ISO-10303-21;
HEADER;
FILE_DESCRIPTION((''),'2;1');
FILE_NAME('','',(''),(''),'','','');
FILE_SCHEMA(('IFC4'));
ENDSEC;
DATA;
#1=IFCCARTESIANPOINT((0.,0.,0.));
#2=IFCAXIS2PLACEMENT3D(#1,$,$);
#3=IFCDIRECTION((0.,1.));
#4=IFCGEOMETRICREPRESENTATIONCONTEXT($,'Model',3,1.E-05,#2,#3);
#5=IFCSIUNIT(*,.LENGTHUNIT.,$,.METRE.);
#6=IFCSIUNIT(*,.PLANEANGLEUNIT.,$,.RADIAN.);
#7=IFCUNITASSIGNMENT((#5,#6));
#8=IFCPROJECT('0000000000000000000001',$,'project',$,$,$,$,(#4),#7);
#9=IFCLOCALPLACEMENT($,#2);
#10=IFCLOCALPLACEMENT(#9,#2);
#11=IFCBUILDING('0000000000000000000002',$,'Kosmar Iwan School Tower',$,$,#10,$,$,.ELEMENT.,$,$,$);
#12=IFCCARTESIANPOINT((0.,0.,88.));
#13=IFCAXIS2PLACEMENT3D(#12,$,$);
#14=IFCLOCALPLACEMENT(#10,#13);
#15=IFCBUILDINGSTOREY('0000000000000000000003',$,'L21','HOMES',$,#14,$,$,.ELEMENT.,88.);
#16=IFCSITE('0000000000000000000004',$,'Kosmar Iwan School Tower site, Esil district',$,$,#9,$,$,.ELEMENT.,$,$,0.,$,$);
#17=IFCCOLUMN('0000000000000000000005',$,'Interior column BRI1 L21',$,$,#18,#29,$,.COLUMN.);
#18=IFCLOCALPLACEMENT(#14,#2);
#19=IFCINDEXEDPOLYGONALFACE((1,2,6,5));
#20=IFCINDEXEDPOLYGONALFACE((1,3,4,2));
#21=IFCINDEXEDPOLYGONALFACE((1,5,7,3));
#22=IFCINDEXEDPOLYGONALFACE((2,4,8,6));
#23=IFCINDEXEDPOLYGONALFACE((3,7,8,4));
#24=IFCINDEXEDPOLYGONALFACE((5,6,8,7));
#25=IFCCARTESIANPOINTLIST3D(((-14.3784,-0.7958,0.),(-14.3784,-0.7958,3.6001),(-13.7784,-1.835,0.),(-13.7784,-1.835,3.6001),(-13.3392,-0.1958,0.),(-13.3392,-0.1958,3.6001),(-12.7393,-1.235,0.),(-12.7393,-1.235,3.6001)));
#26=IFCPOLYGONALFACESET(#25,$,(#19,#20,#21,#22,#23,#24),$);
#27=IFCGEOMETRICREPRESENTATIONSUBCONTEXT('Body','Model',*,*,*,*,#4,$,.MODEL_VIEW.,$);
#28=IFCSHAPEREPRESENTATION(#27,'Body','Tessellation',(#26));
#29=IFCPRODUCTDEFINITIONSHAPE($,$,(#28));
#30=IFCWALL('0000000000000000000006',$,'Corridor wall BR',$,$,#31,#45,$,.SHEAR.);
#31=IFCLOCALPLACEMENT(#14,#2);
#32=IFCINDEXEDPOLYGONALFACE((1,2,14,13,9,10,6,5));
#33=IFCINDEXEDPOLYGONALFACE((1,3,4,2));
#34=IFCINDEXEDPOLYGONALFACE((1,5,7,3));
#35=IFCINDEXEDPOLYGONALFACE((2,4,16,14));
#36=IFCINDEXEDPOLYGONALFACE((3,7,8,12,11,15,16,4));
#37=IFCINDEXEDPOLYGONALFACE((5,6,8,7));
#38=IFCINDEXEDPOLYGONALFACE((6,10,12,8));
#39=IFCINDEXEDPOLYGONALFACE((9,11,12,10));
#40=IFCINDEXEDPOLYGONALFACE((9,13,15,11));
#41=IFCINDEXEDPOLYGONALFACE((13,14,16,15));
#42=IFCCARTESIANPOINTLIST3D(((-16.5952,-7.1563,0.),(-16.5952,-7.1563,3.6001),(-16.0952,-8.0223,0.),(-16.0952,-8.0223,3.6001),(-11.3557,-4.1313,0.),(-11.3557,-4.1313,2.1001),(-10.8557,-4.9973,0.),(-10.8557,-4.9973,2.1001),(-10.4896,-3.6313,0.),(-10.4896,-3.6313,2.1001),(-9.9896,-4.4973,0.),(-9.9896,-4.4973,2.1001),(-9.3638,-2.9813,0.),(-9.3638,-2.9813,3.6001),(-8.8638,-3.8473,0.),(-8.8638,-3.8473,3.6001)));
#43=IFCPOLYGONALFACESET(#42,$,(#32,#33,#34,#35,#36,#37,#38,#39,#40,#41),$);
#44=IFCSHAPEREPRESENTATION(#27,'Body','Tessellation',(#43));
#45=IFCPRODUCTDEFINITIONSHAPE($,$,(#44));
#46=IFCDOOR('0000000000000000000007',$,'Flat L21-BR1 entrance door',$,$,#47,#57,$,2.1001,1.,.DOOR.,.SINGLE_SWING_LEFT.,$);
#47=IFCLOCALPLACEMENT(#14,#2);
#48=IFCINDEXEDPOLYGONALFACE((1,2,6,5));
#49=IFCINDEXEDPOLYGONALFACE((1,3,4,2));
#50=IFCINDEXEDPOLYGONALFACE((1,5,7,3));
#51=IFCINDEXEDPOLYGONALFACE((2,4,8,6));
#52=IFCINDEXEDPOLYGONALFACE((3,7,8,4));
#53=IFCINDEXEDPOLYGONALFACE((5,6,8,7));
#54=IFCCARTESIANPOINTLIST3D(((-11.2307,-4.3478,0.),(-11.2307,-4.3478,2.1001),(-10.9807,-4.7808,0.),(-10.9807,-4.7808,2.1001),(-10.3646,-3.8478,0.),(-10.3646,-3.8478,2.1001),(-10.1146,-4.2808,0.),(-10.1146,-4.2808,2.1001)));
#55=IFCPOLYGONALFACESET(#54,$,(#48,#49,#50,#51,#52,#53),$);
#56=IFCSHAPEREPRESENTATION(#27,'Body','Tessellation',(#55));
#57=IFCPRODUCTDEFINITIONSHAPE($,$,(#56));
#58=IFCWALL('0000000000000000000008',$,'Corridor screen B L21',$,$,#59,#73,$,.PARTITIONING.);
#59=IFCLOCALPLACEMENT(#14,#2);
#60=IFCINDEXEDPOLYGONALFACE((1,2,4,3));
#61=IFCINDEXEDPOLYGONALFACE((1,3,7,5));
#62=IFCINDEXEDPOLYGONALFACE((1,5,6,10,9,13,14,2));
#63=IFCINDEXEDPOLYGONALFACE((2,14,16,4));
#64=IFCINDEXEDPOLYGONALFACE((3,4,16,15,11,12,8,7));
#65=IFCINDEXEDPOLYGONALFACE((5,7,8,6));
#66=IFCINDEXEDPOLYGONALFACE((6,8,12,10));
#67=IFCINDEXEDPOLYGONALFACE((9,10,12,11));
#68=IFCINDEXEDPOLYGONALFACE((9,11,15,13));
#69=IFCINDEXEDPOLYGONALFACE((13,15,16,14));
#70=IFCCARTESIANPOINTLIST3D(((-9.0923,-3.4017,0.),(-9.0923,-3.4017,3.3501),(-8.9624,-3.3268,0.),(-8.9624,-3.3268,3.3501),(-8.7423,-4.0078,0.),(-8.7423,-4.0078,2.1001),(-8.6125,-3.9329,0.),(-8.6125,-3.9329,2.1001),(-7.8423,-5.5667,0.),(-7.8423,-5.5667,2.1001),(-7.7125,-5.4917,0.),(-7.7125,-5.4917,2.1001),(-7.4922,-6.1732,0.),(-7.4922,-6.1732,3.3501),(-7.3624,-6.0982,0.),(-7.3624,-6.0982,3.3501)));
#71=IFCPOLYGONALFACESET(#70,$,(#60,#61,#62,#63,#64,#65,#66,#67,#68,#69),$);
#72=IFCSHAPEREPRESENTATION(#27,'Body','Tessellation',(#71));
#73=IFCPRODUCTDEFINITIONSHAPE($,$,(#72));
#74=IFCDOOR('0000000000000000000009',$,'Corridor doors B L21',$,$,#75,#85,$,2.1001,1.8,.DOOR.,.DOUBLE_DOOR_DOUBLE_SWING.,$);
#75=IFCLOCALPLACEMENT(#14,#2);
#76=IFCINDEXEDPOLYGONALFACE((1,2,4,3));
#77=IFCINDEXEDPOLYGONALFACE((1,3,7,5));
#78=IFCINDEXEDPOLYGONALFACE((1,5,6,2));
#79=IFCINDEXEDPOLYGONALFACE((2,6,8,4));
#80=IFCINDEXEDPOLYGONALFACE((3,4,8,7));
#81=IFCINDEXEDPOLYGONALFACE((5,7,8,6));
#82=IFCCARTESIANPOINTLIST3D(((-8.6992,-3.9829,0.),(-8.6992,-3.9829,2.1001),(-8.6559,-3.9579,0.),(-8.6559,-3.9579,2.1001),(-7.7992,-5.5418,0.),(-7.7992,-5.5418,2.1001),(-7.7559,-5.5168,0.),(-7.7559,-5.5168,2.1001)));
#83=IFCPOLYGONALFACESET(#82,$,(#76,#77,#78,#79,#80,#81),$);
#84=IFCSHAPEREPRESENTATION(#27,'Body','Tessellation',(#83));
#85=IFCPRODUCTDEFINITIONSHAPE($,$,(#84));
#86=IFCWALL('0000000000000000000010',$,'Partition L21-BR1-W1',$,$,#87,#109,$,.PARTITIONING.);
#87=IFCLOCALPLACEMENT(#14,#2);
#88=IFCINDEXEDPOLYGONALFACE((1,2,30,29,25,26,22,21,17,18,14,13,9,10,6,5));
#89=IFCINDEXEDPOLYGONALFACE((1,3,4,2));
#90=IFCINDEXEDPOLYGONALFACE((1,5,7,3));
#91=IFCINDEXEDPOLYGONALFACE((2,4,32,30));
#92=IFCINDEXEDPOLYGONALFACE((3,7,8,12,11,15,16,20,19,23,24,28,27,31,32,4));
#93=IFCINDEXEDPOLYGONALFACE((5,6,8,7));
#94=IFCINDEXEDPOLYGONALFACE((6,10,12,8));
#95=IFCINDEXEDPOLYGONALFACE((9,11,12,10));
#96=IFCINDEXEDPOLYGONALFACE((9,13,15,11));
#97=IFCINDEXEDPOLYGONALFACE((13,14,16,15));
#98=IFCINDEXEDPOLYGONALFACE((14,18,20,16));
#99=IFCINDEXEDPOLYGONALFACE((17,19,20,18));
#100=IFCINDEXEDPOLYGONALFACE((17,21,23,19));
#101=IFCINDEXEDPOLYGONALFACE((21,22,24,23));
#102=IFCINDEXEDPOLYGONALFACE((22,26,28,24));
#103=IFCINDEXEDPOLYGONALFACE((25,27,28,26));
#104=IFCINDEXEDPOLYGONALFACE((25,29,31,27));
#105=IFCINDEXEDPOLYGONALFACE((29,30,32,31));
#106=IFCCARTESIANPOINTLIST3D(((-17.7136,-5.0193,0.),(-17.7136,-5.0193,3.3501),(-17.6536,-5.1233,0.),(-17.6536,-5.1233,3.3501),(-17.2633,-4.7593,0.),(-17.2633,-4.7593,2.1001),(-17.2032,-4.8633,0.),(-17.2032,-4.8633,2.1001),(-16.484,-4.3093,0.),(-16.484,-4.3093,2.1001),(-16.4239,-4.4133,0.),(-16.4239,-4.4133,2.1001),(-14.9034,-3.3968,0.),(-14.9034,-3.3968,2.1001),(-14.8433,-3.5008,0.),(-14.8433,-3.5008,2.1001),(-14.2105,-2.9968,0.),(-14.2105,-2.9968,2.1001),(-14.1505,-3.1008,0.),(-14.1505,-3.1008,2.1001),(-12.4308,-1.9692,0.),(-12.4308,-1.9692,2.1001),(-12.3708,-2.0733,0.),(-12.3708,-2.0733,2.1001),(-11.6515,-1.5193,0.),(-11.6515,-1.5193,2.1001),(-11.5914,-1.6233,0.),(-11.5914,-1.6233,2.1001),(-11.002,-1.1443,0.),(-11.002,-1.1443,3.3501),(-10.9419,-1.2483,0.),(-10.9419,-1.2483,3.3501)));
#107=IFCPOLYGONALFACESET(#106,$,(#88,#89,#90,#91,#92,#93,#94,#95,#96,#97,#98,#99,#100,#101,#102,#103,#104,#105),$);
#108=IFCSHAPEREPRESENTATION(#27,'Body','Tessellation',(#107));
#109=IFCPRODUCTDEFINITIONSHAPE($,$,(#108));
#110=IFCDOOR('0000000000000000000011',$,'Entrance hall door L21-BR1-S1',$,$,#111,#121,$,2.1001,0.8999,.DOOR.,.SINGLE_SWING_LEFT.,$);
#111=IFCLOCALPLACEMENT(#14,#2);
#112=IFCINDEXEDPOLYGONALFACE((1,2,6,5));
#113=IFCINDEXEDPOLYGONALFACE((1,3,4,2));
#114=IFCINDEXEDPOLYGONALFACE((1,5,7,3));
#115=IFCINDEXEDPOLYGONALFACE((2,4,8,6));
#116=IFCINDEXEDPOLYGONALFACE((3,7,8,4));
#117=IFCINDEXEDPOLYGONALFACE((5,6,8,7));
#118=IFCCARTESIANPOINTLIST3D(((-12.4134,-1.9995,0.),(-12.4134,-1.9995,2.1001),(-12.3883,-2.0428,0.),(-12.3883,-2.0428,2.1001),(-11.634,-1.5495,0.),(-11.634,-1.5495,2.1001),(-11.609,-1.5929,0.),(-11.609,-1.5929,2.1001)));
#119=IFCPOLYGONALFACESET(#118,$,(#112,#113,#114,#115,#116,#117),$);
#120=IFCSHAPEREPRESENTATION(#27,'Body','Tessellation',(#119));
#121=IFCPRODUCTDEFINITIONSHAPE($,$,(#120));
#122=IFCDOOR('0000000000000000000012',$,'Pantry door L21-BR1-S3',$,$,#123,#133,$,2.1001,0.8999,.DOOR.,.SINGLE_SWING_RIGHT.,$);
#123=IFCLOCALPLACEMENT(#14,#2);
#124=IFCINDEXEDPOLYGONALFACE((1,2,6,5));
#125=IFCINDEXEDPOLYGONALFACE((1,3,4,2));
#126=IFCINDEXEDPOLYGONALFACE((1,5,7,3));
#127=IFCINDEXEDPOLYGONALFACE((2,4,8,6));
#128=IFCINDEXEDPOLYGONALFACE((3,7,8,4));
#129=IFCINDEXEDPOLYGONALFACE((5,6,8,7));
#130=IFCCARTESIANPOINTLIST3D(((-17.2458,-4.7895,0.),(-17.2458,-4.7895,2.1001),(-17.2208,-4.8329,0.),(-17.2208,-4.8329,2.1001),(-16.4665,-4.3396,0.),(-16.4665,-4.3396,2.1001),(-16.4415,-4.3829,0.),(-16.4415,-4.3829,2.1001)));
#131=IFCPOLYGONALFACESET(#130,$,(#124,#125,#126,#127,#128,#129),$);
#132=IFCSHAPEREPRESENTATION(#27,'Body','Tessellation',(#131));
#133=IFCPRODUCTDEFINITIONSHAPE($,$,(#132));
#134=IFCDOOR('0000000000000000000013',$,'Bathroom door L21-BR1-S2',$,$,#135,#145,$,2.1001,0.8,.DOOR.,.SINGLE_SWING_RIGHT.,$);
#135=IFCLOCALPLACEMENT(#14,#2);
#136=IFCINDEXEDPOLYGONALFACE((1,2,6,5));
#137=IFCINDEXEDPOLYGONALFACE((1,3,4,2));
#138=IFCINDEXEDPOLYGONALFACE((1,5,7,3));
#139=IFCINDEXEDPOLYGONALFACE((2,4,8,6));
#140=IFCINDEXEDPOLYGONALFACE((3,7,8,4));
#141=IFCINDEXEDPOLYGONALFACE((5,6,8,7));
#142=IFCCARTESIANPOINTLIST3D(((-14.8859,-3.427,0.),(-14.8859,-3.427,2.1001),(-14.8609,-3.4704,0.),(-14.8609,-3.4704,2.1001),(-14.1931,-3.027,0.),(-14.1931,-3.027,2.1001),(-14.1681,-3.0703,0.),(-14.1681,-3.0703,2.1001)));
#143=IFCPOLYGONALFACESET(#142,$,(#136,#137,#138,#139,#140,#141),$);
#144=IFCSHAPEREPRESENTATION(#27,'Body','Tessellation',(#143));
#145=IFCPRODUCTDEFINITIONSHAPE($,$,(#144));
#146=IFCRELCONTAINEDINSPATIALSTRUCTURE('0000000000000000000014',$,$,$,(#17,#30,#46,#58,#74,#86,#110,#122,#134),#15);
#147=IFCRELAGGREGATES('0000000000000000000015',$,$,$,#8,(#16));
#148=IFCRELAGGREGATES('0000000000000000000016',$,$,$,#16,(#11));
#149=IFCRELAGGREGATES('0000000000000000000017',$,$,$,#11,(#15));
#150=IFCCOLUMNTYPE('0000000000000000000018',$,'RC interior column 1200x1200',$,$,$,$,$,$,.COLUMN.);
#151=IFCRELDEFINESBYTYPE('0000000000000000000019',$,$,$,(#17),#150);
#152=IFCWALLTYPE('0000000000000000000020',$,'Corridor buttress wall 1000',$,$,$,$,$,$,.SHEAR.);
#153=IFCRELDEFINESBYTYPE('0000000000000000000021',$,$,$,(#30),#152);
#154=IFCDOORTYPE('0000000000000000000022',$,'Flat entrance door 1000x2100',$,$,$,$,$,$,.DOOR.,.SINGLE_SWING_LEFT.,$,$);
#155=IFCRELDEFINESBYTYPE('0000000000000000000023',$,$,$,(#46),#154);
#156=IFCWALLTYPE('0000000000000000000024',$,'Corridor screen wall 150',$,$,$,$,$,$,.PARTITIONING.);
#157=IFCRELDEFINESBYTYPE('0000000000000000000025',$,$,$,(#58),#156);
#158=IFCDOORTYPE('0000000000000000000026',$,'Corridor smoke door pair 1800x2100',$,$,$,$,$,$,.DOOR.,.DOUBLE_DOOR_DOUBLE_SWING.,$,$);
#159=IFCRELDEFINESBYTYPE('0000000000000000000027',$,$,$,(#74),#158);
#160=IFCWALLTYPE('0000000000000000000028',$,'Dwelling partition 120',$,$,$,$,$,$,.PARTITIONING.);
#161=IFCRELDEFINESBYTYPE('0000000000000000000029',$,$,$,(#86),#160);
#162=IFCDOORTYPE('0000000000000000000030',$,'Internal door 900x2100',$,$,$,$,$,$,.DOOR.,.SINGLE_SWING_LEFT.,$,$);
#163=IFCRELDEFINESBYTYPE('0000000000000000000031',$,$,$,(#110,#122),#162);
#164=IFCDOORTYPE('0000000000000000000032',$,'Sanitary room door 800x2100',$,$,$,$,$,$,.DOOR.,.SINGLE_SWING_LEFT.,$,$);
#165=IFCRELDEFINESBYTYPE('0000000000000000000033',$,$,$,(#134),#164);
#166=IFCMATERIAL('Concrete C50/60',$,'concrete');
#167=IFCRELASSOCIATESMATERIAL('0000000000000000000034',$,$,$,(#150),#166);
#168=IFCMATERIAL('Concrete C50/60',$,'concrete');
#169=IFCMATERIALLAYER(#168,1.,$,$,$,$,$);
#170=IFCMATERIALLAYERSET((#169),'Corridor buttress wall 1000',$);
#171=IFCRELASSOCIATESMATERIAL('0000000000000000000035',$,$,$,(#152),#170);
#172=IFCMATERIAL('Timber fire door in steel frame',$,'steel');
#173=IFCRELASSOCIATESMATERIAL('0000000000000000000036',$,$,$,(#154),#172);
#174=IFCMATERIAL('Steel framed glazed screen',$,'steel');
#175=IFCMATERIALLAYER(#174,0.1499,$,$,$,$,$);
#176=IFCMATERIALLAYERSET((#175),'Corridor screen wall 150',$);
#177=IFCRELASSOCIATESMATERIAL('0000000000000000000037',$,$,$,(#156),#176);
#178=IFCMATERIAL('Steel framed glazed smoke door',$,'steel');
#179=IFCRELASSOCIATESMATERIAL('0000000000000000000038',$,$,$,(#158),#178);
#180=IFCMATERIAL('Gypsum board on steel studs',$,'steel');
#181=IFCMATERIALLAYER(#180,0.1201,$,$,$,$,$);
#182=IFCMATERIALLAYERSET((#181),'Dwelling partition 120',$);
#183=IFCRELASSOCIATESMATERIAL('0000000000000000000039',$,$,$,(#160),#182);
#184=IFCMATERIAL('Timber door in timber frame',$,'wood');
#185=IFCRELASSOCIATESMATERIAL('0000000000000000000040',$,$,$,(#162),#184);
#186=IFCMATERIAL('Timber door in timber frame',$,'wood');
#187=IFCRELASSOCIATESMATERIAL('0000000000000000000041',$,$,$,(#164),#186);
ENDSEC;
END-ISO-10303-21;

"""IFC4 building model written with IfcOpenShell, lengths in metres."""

from ifc_helpers import new_model, si_unit, direction, frame, frame_2d, origin, origin_2d, place, context, subcontext, project, spatial, rectangle, extrude, material, layer, layer_set, material_profile, profile_set, type_object, element, fill, save


model = new_model("IFC4")

# Units and contexts
model_context = context("Model", 3, precision=1e-05, world=origin(), true_north=direction((0.0, 1.0)))
body_context = subcontext(model_context, "Body", "Model", "MODEL_VIEW")
ifc_project = project(units=[si_unit("LENGTHUNIT", "METRE"), si_unit("PLANEANGLEUNIT", "RADIAN")], contexts=[model_context])

# Site, building, storey
site_placement = place(None, origin())
site = spatial("IfcSite", under=ifc_project, at=site_placement, Name="Kosmar Iwan School Tower site, Esil district", CompositionType="ELEMENT", RefElevation=0.0)
building_placement = place(site_placement, origin())
building = spatial("IfcBuilding", under=site, at=building_placement, Name="Kosmar Iwan School Tower", CompositionType="ELEMENT")
storey_placement = place(building_placement, frame((0.0, 0.0, 88.0)))
storey = spatial("IfcBuildingStorey", under=building, at=storey_placement, Name="L21", Description="HOMES", CompositionType="ELEMENT", Elevation=88.0)

# Column
ifc_material_1 = material(Name="Concrete C50/60", Category="concrete")
ifc_material_profile = material_profile(ifc_material_1, rectangle(XDim=1.2, YDim=1.2, at=origin_2d()), Name="RC 1200x1200")
ifc_profile_set = profile_set([ifc_material_profile], Name="Concrete C50/60")
column_type = type_object("IfcColumnType", Name="RC interior column 1200x1200", PredefinedType="COLUMN", material=ifc_profile_set)
column_placement = place(storey_placement, frame((-13.5588, -1.0154, 0.0), z_axis=(0.0, 0.0, 1.0), x_axis=(-0.866025, -0.5, 0.0)))
element("IfcColumn", 1, at=column_placement, inside=storey, type_object=column_type, Name="Interior column BRI1 L21", PredefinedType="COLUMN", context=body_context, shape_type="SweptSolid", body=[
    extrude(rectangle(XDim=1.2, YDim=1.2, at=origin_2d()), origin(), (0.0, 0.0, 1.0), 3.6001),
])

# Walls, openings, doors
ifc_material_2 = material(Name="Concrete C50/60", Category="concrete")
ifc_layer_1 = layer(ifc_material_2, 1.0)
ifc_layer_set_1 = layer_set([ifc_layer_1], Name="Corridor buttress wall 1000")
wall_type_1 = type_object("IfcWallType", Name="Corridor buttress wall 1000", PredefinedType="SHEAR", material=ifc_layer_set_1)
wall_1_placement = place(storey_placement, frame((-9.1138, -3.4143, 0.0), z_axis=(0.0, 0.0, 1.0), x_axis=(-0.866027, -0.499997, 0.0)))
wall_1 = element("IfcWall", 2, at=wall_1_placement, inside=storey, type_object=wall_type_1, Name="Corridor wall BR", PredefinedType="SHEAR", context=body_context, shape_type="SweptSolid", body=[
    extrude(rectangle(XDim=8.3501, YDim=1.0, at=frame_2d((4.175, 0.0))), origin(), (0.0, 0.0, 1.0), 3.6001),
])
opening_1_placement = place(wall_1_placement, frame((1.3, 0.0, 0.0)))
opening_1 = element("IfcOpeningElement", 3, at=opening_1_placement, cuts=wall_1, PredefinedType="OPENING", context=body_context, shape_type="SweptSolid", body=[
    extrude(rectangle(XDim=1.0, YDim=2.1001, at=frame_2d((0.5, 1.05))), frame((0.0, 0.512, 0.0), z_axis=(0.0, -1.0, 0.0), x_axis=(1.0, 0.0, 0.0)), (0.0, 0.0, 1.0), 1.0239),
])
ifc_material_3 = material(Name="Timber fire door in steel frame", Category="steel")
door_type_1 = type_object("IfcDoorType", Name="Flat entrance door 1000x2100", OperationType="SINGLE_SWING_LEFT", PredefinedType="DOOR", material=ifc_material_3)
door_1_placement = place(opening_1_placement, origin())
door_1 = element("IfcDoor", 4, at=door_1_placement, inside=storey, type_object=door_type_1, Name="Flat L21-BR1 entrance door", OperationType="SINGLE_SWING_LEFT", OverallHeight=2.1001, OverallWidth=1.0, PredefinedType="DOOR", context=body_context, shape_type="SweptSolid", body=[
    extrude(rectangle(XDim=1.0, YDim=2.1001, at=frame_2d((0.5, 1.05))), frame((0.0, 0.25, 0.0), z_axis=(0.0, -1.0, 0.0), x_axis=(1.0, 0.0, 0.0)), (0.0, 0.0, 1.0), 0.5),
])
fill(opening_1, door_1)
ifc_material_4 = material(Name="Steel framed glazed screen", Category="steel")
ifc_layer_2 = layer(ifc_material_4, 0.1499)
ifc_layer_set_2 = layer_set([ifc_layer_2], Name="Corridor screen wall 150")
wall_type_2 = type_object("IfcWallType", Name="Corridor screen wall 150", PredefinedType="PARTITIONING", material=ifc_layer_set_2)
wall_2_placement = place(storey_placement, frame((-9.0273, -3.3643, 0.0), z_axis=(0.0, 0.0, 1.0), x_axis=(0.499995, -0.866028, 0.0)))
wall_2 = element("IfcWall", 5, at=wall_2_placement, inside=storey, type_object=wall_type_2, Name="Corridor screen B L21", PredefinedType="PARTITIONING", context=body_context, shape_type="SweptSolid", body=[
    extrude(rectangle(XDim=3.2002, YDim=0.1499, at=frame_2d((1.6001, 0.0))), origin(), (0.0, 0.0, 1.0), 3.3501),
])
opening_2_placement = place(wall_2_placement, frame((0.7, 0.0, 0.0)))
opening_2 = element("IfcOpeningElement", 6, at=opening_2_placement, cuts=wall_2, PredefinedType="OPENING", context=body_context, shape_type="SweptSolid", body=[
    extrude(rectangle(XDim=1.8, YDim=2.1001, at=frame_2d((0.8999, 1.05))), frame((0.0, 0.0869, 0.0), z_axis=(0.0, -1.0, 0.0), x_axis=(1.0, 0.0, 0.0)), (0.0, 0.0, 1.0), 0.1738),
])
ifc_material_5 = material(Name="Steel framed glazed smoke door", Category="steel")
door_type_2 = type_object("IfcDoorType", Name="Corridor smoke door pair 1800x2100", OperationType="DOUBLE_DOOR_DOUBLE_SWING", PredefinedType="DOOR", material=ifc_material_5)
door_2_placement = place(opening_2_placement, origin())
door_2 = element("IfcDoor", 7, at=door_2_placement, inside=storey, type_object=door_type_2, Name="Corridor doors B L21", OperationType="DOUBLE_DOOR_DOUBLE_SWING", OverallHeight=2.1001, OverallWidth=1.8, PredefinedType="DOOR", context=body_context, shape_type="SweptSolid", body=[
    extrude(rectangle(XDim=1.8, YDim=2.1001, at=frame_2d((0.8999, 1.05))), frame((0.0, 0.0249, 0.0), z_axis=(0.0, -1.0, 0.0), x_axis=(1.0, 0.0, 0.0)), (0.0, 0.0, 1.0), 0.05),
])
fill(opening_2, door_2)

# Wall, openings, doors
ifc_material_6 = material(Name="Gypsum board on steel studs", Category="steel")
ifc_layer_3 = layer(ifc_material_6, 0.1201)
ifc_layer_set_3 = layer_set([ifc_layer_3], Name="Dwelling partition 120")
wall_type_3 = type_object("IfcWallType", Name="Dwelling partition 120", PredefinedType="PARTITIONING", material=ifc_layer_set_3)
wall_3_placement = place(storey_placement, frame((-10.9719, -1.1963, 0.0), z_axis=(0.0, 0.0, 1.0), x_axis=(-0.866025, -0.500002, 0.0)))
wall_3 = element("IfcWall", 8, at=wall_3_placement, inside=storey, type_object=wall_type_3, Name="Partition L21-BR1-W1", PredefinedType="PARTITIONING", context=body_context, shape_type="SweptSolid", body=[
    extrude(rectangle(XDim=7.75, YDim=0.1201, at=frame_2d((3.875, 0.0))), origin(), (0.0, 0.0, 1.0), 3.3501),
])
opening_3_placement = place(wall_3_placement, frame((0.75, 0.0, 0.0)))
opening_3 = element("IfcOpeningElement", 9, at=opening_3_placement, cuts=wall_3, PredefinedType="OPENING", context=body_context, shape_type="SweptSolid", body=[
    extrude(rectangle(XDim=0.8999, YDim=2.1001, at=frame_2d((0.45, 1.05))), frame((0.0, 0.072, 0.0), z_axis=(0.0, -1.0, 0.0), x_axis=(1.0, 0.0, 0.0)), (0.0, 0.0, 1.0), 0.144),
])
opening_4_placement = place(wall_3_placement, frame((3.7051, 0.0, 0.0)))
opening_4 = element("IfcOpeningElement", 10, at=opening_4_placement, cuts=wall_3, PredefinedType="OPENING", context=body_context, shape_type="SweptSolid", body=[
    extrude(rectangle(XDim=0.8, YDim=2.1001, at=frame_2d((0.3999, 1.05))), frame((0.0, 0.072, 0.0), z_axis=(0.0, -1.0, 0.0), x_axis=(1.0, 0.0, 0.0)), (0.0, 0.0, 1.0), 0.144),
])
opening_5_placement = place(wall_3_placement, frame((6.3301, 0.0, 0.0)))
opening_5 = element("IfcOpeningElement", 11, at=opening_5_placement, cuts=wall_3, PredefinedType="OPENING", context=body_context, shape_type="SweptSolid", body=[
    extrude(rectangle(XDim=0.8999, YDim=2.1001, at=frame_2d((0.45, 1.05))), frame((0.0, 0.072, 0.0), z_axis=(0.0, -1.0, 0.0), x_axis=(1.0, 0.0, 0.0)), (0.0, 0.0, 1.0), 0.144),
])
ifc_material_7 = material(Name="Timber door in timber frame", Category="wood")
door_type_3 = type_object("IfcDoorType", Name="Internal door 900x2100", OperationType="SINGLE_SWING_LEFT", PredefinedType="DOOR", material=ifc_material_7)
door_3_placement = place(opening_3_placement, origin())
door_3 = element("IfcDoor", 12, at=door_3_placement, inside=storey, type_object=door_type_3, Name="Entrance hall door L21-BR1-S1", OperationType="SINGLE_SWING_LEFT", OverallHeight=2.1001, OverallWidth=0.8999, PredefinedType="DOOR", context=body_context, shape_type="SweptSolid", body=[
    extrude(rectangle(XDim=0.8999, YDim=2.1001, at=frame_2d((0.45, 1.05))), frame((0.0, 0.0249, 0.0), z_axis=(0.0, -1.0, 0.0), x_axis=(1.0, 0.0, 0.0)), (0.0, 0.0, 1.0), 0.05),
])
fill(opening_3, door_3)
door_4_placement = place(opening_5_placement, origin())
door_4 = element("IfcDoor", 13, at=door_4_placement, inside=storey, type_object=door_type_3, Name="Pantry door L21-BR1-S3", OperationType="SINGLE_SWING_RIGHT", OverallHeight=2.1001, OverallWidth=0.8999, PredefinedType="DOOR", context=body_context, shape_type="SweptSolid", body=[
    extrude(rectangle(XDim=0.8999, YDim=2.1001, at=frame_2d((0.45, 1.05))), frame((0.0, 0.0249, 0.0), z_axis=(0.0, -1.0, 0.0), x_axis=(1.0, 0.0, 0.0)), (0.0, 0.0, 1.0), 0.05),
])
fill(opening_5, door_4)
ifc_material_8 = material(Name="Timber door in timber frame", Category="wood")
door_type_4 = type_object("IfcDoorType", Name="Sanitary room door 800x2100", OperationType="SINGLE_SWING_LEFT", PredefinedType="DOOR", material=ifc_material_8)
door_5_placement = place(opening_4_placement, origin())
door_5 = element("IfcDoor", 14, at=door_5_placement, inside=storey, type_object=door_type_4, Name="Bathroom door L21-BR1-S2", OperationType="SINGLE_SWING_RIGHT", OverallHeight=2.1001, OverallWidth=0.8, PredefinedType="DOOR", context=body_context, shape_type="SweptSolid", body=[
    extrude(rectangle(XDim=0.8, YDim=2.1001, at=frame_2d((0.3999, 1.05))), frame((0.0, 0.0249, 0.0), z_axis=(0.0, -1.0, 0.0), x_axis=(1.0, 0.0, 0.0)), (0.0, 0.0, 1.0), 0.05),
])
fill(opening_4, door_5)

save(model, "model.ifc")
